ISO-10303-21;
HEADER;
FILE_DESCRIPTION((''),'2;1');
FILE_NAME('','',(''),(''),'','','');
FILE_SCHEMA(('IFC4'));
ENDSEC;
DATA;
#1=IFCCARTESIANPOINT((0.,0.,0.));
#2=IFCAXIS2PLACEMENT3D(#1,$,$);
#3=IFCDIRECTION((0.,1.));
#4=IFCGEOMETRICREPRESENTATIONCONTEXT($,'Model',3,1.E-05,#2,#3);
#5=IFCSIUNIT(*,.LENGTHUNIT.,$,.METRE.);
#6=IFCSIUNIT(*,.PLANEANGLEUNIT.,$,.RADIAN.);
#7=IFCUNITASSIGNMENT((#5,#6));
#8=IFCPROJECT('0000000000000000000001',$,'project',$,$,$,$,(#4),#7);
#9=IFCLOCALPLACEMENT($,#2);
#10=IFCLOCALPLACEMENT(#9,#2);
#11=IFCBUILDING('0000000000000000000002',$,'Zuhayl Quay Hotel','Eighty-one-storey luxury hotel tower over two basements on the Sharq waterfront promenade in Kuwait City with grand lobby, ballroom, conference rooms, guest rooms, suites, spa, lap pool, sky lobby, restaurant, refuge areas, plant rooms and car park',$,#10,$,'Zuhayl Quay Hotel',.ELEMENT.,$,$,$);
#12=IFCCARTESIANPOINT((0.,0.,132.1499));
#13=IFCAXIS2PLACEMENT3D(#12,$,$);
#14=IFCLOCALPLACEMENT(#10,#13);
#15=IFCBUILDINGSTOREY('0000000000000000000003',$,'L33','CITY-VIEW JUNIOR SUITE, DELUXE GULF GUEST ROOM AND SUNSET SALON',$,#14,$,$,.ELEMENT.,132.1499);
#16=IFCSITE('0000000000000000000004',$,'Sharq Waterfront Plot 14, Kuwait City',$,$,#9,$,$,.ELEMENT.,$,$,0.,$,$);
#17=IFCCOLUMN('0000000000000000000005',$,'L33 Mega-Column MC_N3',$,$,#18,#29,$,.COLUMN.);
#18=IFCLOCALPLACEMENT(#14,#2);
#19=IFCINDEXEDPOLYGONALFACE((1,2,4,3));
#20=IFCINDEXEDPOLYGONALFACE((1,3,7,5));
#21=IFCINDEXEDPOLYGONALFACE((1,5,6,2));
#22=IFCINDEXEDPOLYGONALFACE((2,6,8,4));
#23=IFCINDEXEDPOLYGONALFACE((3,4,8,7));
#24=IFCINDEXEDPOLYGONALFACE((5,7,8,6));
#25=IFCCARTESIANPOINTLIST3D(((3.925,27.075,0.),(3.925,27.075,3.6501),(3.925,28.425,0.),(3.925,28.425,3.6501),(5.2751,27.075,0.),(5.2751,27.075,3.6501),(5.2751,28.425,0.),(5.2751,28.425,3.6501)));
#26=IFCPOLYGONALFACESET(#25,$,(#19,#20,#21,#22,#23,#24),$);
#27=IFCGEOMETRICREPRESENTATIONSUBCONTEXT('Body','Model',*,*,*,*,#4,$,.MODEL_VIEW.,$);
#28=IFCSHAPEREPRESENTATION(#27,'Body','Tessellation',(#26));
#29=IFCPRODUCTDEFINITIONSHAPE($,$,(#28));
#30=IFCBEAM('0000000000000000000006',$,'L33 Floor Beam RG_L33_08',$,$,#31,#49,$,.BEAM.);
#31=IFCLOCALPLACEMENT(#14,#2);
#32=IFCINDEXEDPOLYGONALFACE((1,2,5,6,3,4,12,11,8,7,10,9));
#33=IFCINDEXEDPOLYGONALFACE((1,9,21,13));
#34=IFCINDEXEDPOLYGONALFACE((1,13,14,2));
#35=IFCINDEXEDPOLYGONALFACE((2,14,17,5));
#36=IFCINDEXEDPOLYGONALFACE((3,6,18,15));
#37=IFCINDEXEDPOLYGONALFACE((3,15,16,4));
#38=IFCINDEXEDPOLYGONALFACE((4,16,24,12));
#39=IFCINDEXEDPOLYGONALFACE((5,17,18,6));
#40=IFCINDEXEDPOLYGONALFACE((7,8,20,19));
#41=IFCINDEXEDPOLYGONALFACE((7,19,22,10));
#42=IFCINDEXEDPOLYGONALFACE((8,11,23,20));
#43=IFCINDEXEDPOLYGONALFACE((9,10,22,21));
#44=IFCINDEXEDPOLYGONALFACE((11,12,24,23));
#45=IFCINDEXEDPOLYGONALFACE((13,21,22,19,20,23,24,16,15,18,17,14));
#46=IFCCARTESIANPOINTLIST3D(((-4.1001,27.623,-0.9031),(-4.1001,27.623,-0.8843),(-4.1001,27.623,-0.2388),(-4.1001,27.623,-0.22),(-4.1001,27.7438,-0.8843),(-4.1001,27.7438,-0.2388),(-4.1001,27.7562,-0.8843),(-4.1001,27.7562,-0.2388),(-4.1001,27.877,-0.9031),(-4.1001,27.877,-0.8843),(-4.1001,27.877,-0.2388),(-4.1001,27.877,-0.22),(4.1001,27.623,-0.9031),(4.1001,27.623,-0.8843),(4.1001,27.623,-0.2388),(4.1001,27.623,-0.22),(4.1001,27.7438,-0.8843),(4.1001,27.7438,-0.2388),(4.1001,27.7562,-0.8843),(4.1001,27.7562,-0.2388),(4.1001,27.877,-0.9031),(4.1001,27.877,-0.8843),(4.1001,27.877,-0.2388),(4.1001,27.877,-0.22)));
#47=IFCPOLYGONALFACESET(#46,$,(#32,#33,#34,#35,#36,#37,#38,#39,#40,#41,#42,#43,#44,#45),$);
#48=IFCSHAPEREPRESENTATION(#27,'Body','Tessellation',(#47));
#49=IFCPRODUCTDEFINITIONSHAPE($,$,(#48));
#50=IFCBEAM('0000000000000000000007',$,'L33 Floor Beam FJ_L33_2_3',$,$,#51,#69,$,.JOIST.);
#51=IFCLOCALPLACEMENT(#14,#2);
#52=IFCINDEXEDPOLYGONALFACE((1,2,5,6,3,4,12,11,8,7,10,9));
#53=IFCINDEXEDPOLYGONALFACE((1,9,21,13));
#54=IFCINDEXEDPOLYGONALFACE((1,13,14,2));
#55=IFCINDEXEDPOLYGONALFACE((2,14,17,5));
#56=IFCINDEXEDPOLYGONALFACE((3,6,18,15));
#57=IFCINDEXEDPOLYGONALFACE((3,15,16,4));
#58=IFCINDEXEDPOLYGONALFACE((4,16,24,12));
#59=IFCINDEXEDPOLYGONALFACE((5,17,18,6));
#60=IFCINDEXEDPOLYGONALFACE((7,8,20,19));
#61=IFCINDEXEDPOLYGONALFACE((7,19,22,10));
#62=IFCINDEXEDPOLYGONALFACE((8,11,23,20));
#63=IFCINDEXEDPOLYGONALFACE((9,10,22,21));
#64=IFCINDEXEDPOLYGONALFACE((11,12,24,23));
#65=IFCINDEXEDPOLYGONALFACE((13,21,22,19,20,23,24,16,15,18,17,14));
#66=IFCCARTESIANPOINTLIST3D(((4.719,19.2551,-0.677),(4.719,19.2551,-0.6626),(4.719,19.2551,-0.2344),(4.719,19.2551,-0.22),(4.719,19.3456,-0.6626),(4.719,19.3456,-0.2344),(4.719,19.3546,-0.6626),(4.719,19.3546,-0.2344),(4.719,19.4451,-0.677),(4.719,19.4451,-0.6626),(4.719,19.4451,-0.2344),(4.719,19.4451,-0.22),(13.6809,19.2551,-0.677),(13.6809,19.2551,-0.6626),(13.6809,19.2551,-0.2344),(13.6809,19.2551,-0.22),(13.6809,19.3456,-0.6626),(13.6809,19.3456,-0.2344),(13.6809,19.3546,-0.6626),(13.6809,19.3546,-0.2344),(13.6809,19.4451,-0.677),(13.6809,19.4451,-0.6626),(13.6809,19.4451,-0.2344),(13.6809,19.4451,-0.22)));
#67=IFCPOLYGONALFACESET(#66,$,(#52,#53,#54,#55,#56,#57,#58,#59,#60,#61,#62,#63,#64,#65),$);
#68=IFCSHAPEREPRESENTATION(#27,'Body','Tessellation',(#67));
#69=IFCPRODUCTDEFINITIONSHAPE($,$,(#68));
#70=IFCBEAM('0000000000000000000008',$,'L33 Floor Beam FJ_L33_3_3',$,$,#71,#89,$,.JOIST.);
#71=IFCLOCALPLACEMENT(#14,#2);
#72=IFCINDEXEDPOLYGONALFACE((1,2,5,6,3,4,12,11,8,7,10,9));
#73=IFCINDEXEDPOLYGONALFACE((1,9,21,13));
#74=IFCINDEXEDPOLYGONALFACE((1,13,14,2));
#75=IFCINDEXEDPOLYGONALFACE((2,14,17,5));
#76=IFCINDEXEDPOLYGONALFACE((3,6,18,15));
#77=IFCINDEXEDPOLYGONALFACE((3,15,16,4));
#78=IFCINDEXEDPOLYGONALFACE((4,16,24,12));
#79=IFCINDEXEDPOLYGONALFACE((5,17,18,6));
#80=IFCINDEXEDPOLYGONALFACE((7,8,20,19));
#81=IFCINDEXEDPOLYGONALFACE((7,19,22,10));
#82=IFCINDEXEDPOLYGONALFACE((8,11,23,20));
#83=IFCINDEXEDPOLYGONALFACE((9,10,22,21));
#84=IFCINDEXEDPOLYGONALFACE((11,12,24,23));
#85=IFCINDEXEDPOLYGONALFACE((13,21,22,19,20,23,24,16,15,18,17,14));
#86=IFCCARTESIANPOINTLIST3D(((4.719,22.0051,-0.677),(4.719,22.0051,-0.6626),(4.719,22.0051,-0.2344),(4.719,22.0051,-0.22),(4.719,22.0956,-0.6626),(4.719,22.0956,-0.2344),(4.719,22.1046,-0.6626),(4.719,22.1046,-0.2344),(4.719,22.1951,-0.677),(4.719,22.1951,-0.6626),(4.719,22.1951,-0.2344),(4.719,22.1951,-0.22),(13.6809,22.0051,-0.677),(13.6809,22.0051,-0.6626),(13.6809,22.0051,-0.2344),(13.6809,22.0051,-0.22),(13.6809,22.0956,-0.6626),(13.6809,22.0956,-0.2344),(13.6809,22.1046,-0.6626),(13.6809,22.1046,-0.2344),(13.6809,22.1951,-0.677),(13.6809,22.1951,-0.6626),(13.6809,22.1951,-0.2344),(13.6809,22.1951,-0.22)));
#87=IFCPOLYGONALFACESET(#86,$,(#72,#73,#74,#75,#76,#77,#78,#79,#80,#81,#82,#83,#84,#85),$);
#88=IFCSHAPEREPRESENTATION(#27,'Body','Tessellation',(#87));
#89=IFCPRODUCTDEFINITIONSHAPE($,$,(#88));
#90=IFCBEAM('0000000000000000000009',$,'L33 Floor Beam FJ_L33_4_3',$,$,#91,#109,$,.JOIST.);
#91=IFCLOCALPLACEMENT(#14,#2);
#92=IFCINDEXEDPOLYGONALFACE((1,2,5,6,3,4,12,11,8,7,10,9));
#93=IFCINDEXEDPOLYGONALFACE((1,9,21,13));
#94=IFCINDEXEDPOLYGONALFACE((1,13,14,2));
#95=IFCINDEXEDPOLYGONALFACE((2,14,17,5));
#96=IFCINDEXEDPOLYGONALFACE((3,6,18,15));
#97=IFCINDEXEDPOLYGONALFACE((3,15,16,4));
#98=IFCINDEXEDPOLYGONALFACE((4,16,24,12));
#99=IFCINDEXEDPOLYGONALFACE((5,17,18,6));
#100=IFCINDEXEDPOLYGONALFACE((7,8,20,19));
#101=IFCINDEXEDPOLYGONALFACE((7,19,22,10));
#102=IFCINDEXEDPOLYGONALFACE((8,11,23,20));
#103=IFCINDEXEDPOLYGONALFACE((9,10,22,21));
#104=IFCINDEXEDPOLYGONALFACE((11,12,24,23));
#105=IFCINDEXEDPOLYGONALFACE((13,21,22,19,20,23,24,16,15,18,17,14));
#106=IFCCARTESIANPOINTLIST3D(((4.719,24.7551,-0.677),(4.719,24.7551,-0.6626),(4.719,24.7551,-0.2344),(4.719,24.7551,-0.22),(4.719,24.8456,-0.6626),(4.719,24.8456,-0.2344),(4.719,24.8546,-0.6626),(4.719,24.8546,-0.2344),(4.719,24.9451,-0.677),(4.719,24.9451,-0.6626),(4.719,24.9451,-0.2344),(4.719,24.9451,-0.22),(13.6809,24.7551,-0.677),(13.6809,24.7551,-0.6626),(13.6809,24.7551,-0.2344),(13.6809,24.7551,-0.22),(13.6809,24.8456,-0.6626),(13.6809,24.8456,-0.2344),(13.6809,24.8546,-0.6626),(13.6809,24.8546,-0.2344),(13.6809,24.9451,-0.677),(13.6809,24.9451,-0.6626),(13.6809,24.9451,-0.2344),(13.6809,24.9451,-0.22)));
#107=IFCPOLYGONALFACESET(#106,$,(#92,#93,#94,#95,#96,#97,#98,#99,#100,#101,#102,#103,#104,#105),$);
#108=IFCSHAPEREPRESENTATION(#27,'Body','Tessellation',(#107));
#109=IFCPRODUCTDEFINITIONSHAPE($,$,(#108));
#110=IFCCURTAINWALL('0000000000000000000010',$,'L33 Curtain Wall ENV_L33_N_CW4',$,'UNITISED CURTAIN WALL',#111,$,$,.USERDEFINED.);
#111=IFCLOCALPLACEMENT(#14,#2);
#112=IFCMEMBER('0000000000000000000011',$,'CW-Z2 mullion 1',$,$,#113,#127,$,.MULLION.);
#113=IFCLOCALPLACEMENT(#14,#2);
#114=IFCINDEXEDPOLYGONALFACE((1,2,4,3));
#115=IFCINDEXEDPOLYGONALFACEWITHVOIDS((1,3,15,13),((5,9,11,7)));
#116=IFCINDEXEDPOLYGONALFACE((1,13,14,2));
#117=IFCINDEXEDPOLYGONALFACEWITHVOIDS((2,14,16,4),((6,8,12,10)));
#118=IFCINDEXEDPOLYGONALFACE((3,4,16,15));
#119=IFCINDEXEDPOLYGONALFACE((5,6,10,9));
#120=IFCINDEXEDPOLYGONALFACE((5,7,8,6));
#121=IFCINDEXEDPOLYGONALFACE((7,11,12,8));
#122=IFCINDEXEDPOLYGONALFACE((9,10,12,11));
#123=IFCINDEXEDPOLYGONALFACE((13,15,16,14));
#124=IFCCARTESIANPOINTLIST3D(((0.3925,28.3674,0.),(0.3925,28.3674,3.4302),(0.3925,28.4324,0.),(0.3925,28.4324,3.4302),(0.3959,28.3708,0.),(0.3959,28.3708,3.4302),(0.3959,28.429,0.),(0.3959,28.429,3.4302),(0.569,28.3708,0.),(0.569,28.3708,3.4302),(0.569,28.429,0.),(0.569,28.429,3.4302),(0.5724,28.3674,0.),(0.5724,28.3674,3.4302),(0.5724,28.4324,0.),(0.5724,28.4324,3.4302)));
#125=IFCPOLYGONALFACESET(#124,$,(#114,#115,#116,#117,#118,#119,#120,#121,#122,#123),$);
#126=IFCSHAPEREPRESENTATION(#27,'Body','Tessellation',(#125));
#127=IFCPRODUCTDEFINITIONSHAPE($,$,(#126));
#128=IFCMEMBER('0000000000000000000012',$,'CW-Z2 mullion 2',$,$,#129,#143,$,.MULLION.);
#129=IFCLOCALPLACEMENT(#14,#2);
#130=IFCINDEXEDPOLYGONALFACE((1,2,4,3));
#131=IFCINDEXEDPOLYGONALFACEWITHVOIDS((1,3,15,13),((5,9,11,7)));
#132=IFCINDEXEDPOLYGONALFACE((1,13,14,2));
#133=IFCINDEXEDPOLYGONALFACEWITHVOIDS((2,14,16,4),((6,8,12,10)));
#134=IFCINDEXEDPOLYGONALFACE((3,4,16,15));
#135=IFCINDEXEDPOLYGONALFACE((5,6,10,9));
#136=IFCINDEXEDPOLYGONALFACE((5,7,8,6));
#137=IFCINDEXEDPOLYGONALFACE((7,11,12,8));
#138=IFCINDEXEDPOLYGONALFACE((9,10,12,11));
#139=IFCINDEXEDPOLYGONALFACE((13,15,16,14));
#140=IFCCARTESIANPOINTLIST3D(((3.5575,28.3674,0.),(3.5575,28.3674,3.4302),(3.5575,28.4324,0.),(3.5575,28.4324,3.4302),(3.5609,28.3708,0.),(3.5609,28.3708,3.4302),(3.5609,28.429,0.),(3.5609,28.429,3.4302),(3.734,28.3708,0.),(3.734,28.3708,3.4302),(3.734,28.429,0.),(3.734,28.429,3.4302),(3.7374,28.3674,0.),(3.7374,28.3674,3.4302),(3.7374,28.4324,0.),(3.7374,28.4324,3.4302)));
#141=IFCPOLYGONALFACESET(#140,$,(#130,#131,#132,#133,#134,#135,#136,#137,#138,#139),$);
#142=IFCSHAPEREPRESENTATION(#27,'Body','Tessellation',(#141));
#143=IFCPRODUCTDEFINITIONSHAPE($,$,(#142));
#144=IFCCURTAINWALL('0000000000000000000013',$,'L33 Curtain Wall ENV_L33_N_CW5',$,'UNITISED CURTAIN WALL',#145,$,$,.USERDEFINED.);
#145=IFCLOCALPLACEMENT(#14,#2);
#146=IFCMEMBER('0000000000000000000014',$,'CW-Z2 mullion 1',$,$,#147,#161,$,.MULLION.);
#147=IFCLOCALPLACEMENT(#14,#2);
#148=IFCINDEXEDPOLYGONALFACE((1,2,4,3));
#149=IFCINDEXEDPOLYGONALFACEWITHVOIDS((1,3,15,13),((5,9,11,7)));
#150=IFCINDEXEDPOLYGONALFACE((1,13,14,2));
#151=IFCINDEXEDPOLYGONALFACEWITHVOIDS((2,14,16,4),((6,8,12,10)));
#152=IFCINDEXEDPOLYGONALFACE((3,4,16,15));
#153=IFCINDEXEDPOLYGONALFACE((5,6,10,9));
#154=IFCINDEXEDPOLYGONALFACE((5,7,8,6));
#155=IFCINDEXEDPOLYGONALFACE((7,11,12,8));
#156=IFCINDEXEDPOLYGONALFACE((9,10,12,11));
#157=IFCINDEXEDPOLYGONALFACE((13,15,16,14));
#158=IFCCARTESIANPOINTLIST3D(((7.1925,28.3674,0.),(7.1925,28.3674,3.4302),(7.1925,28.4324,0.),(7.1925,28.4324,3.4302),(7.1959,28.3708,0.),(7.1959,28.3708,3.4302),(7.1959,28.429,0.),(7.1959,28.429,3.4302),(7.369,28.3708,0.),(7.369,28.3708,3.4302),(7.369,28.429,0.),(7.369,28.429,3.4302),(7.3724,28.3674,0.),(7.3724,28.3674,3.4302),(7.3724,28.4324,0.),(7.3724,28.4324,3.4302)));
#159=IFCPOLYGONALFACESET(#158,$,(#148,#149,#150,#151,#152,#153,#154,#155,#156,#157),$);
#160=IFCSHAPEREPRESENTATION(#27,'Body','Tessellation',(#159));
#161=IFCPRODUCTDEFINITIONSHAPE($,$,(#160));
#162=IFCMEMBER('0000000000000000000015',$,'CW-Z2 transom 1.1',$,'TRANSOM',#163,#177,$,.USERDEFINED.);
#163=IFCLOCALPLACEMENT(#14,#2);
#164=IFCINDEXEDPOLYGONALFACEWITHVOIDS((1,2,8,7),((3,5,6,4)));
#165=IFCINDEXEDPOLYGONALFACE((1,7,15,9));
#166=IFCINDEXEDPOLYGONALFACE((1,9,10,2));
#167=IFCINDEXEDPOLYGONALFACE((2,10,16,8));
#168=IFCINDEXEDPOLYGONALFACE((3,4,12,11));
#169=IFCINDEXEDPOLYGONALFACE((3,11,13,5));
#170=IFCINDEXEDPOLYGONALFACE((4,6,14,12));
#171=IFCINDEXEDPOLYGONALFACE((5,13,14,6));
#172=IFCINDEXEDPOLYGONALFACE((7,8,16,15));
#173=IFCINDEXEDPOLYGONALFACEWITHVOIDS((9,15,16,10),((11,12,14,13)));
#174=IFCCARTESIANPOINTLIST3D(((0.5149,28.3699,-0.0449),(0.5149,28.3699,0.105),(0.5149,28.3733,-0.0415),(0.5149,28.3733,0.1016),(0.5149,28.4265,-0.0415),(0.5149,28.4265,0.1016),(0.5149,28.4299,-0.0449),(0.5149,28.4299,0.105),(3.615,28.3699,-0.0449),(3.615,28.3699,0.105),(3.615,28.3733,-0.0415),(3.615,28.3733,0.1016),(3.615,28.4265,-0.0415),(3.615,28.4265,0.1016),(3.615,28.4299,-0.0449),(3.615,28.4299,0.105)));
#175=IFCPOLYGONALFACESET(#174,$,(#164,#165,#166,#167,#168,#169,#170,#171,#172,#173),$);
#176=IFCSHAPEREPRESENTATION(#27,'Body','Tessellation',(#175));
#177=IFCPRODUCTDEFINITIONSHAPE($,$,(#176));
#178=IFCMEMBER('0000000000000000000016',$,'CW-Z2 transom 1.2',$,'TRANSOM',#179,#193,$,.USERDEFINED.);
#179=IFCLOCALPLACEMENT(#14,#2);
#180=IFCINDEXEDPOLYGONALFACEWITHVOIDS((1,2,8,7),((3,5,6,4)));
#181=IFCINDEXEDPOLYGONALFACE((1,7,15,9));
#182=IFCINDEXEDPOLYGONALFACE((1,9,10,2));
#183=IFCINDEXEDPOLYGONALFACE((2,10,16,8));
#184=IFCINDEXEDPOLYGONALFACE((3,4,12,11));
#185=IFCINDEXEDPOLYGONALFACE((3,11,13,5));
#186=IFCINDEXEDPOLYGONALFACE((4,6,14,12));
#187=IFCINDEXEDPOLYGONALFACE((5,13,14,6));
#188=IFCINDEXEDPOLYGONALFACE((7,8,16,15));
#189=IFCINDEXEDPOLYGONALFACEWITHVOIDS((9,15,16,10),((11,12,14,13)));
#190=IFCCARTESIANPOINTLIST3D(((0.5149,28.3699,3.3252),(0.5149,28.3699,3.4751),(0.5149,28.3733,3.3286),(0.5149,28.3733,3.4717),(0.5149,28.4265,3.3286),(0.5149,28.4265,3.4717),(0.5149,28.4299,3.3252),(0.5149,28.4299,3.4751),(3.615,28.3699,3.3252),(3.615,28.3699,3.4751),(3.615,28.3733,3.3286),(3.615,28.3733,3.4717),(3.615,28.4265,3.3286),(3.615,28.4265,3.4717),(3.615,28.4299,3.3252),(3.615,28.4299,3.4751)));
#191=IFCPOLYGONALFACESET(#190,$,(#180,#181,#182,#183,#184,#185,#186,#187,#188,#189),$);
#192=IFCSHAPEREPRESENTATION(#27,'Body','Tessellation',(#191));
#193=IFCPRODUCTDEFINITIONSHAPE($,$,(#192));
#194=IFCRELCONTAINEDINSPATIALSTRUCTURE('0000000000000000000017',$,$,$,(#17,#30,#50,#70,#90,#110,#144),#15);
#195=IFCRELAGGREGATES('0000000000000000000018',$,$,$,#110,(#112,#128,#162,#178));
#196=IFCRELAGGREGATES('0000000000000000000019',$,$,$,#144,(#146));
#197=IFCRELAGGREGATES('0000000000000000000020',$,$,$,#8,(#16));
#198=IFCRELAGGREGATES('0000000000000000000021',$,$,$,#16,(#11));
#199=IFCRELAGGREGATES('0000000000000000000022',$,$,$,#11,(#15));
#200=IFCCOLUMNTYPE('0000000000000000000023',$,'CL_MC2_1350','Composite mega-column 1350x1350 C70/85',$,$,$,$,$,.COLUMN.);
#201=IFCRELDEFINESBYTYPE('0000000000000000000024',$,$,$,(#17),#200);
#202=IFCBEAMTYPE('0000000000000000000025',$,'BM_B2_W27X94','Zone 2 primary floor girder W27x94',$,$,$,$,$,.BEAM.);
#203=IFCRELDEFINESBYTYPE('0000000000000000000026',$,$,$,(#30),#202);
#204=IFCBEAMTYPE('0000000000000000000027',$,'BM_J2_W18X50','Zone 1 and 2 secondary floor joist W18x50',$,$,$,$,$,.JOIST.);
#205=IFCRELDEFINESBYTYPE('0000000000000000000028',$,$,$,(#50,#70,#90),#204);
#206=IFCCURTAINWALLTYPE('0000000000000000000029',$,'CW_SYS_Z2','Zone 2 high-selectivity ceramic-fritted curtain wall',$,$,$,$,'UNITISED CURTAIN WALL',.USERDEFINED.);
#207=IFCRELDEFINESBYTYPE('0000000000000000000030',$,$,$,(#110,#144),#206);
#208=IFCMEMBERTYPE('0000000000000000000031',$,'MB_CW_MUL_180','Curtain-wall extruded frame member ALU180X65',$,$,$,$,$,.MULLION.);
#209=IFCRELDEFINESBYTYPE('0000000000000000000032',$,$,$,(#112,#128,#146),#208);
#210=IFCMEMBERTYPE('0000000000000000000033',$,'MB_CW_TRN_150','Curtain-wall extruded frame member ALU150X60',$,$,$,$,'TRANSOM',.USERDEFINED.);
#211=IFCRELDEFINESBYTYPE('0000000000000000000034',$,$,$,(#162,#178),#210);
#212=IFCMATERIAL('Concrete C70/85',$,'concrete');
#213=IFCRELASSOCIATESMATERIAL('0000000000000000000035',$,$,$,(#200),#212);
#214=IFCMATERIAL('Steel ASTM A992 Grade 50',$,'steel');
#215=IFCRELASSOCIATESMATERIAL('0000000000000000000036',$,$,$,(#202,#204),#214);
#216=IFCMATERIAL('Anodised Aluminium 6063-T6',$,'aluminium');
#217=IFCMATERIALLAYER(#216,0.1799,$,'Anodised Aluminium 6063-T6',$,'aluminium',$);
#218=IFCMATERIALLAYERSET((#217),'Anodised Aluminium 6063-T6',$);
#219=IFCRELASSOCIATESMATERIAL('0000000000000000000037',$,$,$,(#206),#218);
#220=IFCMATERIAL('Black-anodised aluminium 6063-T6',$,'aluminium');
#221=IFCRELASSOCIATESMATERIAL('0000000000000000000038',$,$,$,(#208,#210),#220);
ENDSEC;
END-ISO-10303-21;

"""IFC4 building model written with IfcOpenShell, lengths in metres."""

from ifc_helpers import new_model, si_unit, direction, frame, origin, origin_2d, place, context, subcontext, project, spatial, rectangle, hollow_rectangle, i_section, extrude, material, layer, layer_set, material_profile, profile_set, type_object, element, aggregate, save


model = new_model("IFC4")

# Units and contexts
model_context = context("Model", 3, precision=1e-05, world=origin(), true_north=direction((0.0, 1.0)))
body_context = subcontext(model_context, "Body", "Model", "MODEL_VIEW")
ifc_project = project(units=[si_unit("LENGTHUNIT", "METRE"), si_unit("PLANEANGLEUNIT", "RADIAN")], contexts=[model_context])

# Site, building, storey
site_placement = place(None, origin())
site = spatial("IfcSite", under=ifc_project, at=site_placement, Name="Sharq Waterfront Plot 14, Kuwait City", CompositionType="ELEMENT", RefElevation=0.0)
building_placement = place(site_placement, origin())
building = spatial("IfcBuilding", under=site, at=building_placement, Name="Zuhayl Quay Hotel", Description="Eighty-one-storey luxury hotel tower over two basements on the Sharq waterfront promenade in Kuwait City with grand lobby, ballroom, conference rooms, guest rooms, suites, spa, lap pool, sky lobby, restaurant, refuge areas, plant rooms and car park", LongName="Zuhayl Quay Hotel", CompositionType="ELEMENT")
storey_placement = place(building_placement, frame((0.0, 0.0, 132.1499)))
storey = spatial("IfcBuildingStorey", under=building, at=storey_placement, Name="L33", Description="CITY-VIEW JUNIOR SUITE, DELUXE GULF GUEST ROOM AND SUNSET SALON", CompositionType="ELEMENT", Elevation=132.1499)

# Column
ifc_material_1 = material(Name="Concrete C70/85", Category="concrete")
ifc_material_profile_1 = material_profile(ifc_material_1, rectangle(XDim=1.3501, YDim=1.3501, at=origin_2d()), Name="RC1350X1350")
ifc_profile_set_1 = profile_set([ifc_material_profile_1], Name="Concrete C70/85")
column_type = type_object("IfcColumnType", Name="CL_MC2_1350", Description="Composite mega-column 1350x1350 C70/85", PredefinedType="COLUMN", material=ifc_profile_set_1)
column_placement = place(storey_placement, frame((4.6001, 27.75, 0.0), z_axis=(0.0, 0.0, 1.0), x_axis=(1.0, 0.0, 0.0)))
element("IfcColumn", 1, at=column_placement, inside=storey, type_object=column_type, Name="L33 Mega-Column MC_N3", PredefinedType="COLUMN", context=body_context, shape_type="SweptSolid", body=[
    extrude(rectangle(XDim=1.3501, YDim=1.3501, at=origin_2d()), origin(), (0.0, 0.0, 1.0), 3.6501),
])

# Beams
ifc_material_2 = material(Name="Steel ASTM A992 Grade 50", Category="steel")
ifc_material_profile_2 = material_profile(ifc_material_2, i_section(OverallWidth=0.2539, OverallDepth=0.6831, WebThickness=0.0125, FlangeThickness=0.0188, at=origin_2d()), Name="W27X94")
ifc_profile_set_2 = profile_set([ifc_material_profile_2], Name="Steel ASTM A992 Grade 50")
beam_type_1 = type_object("IfcBeamType", Name="BM_B2_W27X94", Description="Zone 2 primary floor girder W27x94", PredefinedType="BEAM", material=ifc_profile_set_2)
beam_placement = place(storey_placement, frame((4.1001, 27.75, -0.5615), z_axis=(-1.0, 0.0, 0.0), x_axis=(0.0, -1.0, 0.0)))
element("IfcBeam", 2, at=beam_placement, inside=storey, type_object=beam_type_1, Name="L33 Floor Beam RG_L33_08", PredefinedType="BEAM", context=body_context, shape_type="SweptSolid", body=[
    extrude(i_section(OverallWidth=0.2539, OverallDepth=0.6831, WebThickness=0.0125, FlangeThickness=0.0188, at=origin_2d()), origin(), (0.0, 0.0, 1.0), 8.2002),
])
ifc_material_profile_3 = material_profile(ifc_material_2, i_section(OverallWidth=0.1899, OverallDepth=0.457, WebThickness=0.009, FlangeThickness=0.0144, at=origin_2d()), Name="W18X50")
ifc_profile_set_3 = profile_set([ifc_material_profile_3], Name="Steel ASTM A992 Grade 50")
beam_type_2 = type_object("IfcBeamType", Name="BM_J2_W18X50", Description="Zone 1 and 2 secondary floor joist W18x50", PredefinedType="JOIST", material=ifc_profile_set_3)
for number, where, z_axis, x_axis, name in (
    (3, (4.719, 19.3501, -0.4485), (1.0, 0.0, 0.0), (0.0, 1.0, 0.0), "L33 Floor Beam FJ_L33_2_3"),
    (4, (4.719, 22.1001, -0.4485), (1.0, 0.0, 0.0), (0.0, 1.0, 0.0), "L33 Floor Beam FJ_L33_3_3"),
    (5, (4.719, 24.8501, -0.4485), (1.0, 0.0, 0.0), (0.0, 1.0, 0.0), "L33 Floor Beam FJ_L33_4_3"),
):
    element("IfcBeam", number, at=place(storey_placement, frame(where, z_axis=z_axis, x_axis=x_axis)), inside=storey, type_object=beam_type_2, Name=name, PredefinedType="JOIST", context=body_context, shape_type="SweptSolid", body=[
        extrude(i_section(OverallWidth=0.1899, OverallDepth=0.457, WebThickness=0.009, FlangeThickness=0.0144, at=origin_2d()), origin(), (0.0, 0.0, 1.0), 8.9619),
    ])

# Curtain wall, members
ifc_material_3 = material(Name="Anodised Aluminium 6063-T6", Category="aluminium")
ifc_layer_1 = layer(ifc_material_3, 0.1799, Name="Anodised Aluminium 6063-T6", Category="aluminium")
ifc_layer_set_1 = layer_set([ifc_layer_1], Name="Anodised Aluminium 6063-T6")
curtain_wall_type = type_object("IfcCurtainWallType", Name="CW_SYS_Z2", Description="Zone 2 high-selectivity ceramic-fritted curtain wall", ElementType="UNITISED CURTAIN WALL", PredefinedType="USERDEFINED", material=ifc_layer_set_1)
curtain_wall_1_placement = place(storey_placement, origin())
curtain_wall_1 = element("IfcCurtainWall", 6, at=curtain_wall_1_placement, inside=storey, type_object=curtain_wall_type, Name="L33 Curtain Wall ENV_L33_N_CW4", ObjectType="UNITISED CURTAIN WALL", PredefinedType="USERDEFINED")
ifc_material_4 = material(Name="Black-anodised aluminium 6063-T6", Category="aluminium")
ifc_material_profile_4 = material_profile(ifc_material_4, hollow_rectangle(XDim=0.0649, YDim=0.1799, WallThickness=0.0034, at=origin_2d()), Name="ALU180X65")
ifc_profile_set_4 = profile_set([ifc_material_profile_4], Name="Black-anodised aluminium 6063-T6")
member_type_1 = type_object("IfcMemberType", Name="MB_CW_MUL_180", Description="Curtain-wall extruded frame member ALU180X65", PredefinedType="MULLION", material=ifc_profile_set_4)
member_1_placement = place(storey_placement, frame((0.4824, 28.3999, 0.0), z_axis=(0.0, 0.0, 1.0), x_axis=(0.0, 1.0, 0.0)))
member_1 = element("IfcMember", 7, at=member_1_placement, type_object=member_type_1, Name="CW-Z2 mullion 1", PredefinedType="MULLION", context=body_context, shape_type="SweptSolid", body=[
    extrude(hollow_rectangle(XDim=0.0649, YDim=0.1799, WallThickness=0.0034, at=origin_2d()), origin(), (0.0, 0.0, 1.0), 3.4302),
])
member_2_placement = place(storey_placement, frame((3.6475, 28.3999, 0.0), z_axis=(0.0, 0.0, 1.0), x_axis=(0.0, 1.0, 0.0)))
member_2 = element("IfcMember", 8, at=member_2_placement, type_object=member_type_1, Name="CW-Z2 mullion 2", PredefinedType="MULLION", context=body_context, shape_type="SweptSolid", body=[
    extrude(hollow_rectangle(XDim=0.0649, YDim=0.1799, WallThickness=0.0034, at=origin_2d()), origin(), (0.0, 0.0, 1.0), 3.4302),
])

# Curtain wall, member
curtain_wall_2_placement = place(storey_placement, origin())
curtain_wall_2 = element("IfcCurtainWall", 9, at=curtain_wall_2_placement, inside=storey, type_object=curtain_wall_type, Name="L33 Curtain Wall ENV_L33_N_CW5", ObjectType="UNITISED CURTAIN WALL", PredefinedType="USERDEFINED")
member_3_placement = place(storey_placement, frame((7.2825, 28.3999, 0.0), z_axis=(0.0, 0.0, 1.0), x_axis=(0.0, 1.0, 0.0)))
member_3 = element("IfcMember", 10, at=member_3_placement, type_object=member_type_1, Name="CW-Z2 mullion 1", PredefinedType="MULLION", context=body_context, shape_type="SweptSolid", body=[
    extrude(hollow_rectangle(XDim=0.0649, YDim=0.1799, WallThickness=0.0034, at=origin_2d()), origin(), (0.0, 0.0, 1.0), 3.4302),
])

# Members
ifc_material_profile_5 = material_profile(ifc_material_4, hollow_rectangle(XDim=0.0601, YDim=0.1499, WallThickness=0.0034, at=origin_2d()), Name="ALU150X60")
ifc_profile_set_5 = profile_set([ifc_material_profile_5], Name="Black-anodised aluminium 6063-T6")
member_type_2 = type_object("IfcMemberType", Name="MB_CW_TRN_150", Description="Curtain-wall extruded frame member ALU150X60", ElementType="TRANSOM", PredefinedType="USERDEFINED", material=ifc_profile_set_5)
member_4_placement = place(storey_placement, frame((0.5149, 28.3999, 0.03), z_axis=(1.0, 0.0, 0.0), x_axis=(0.0, 1.0, 0.0)))
member_4 = element("IfcMember", 11, at=member_4_placement, type_object=member_type_2, Name="CW-Z2 transom 1.1", ObjectType="TRANSOM", PredefinedType="USERDEFINED", context=body_context, shape_type="SweptSolid", body=[
    extrude(hollow_rectangle(XDim=0.0601, YDim=0.1499, WallThickness=0.0034, at=origin_2d()), origin(), (0.0, 0.0, 1.0), 3.1001),
])
member_5_placement = place(storey_placement, frame((0.5149, 28.3999, 3.4001), z_axis=(1.0, 0.0, 0.0), x_axis=(0.0, 1.0, 0.0)))
member_5 = element("IfcMember", 12, at=member_5_placement, type_object=member_type_2, Name="CW-Z2 transom 1.2", ObjectType="TRANSOM", PredefinedType="USERDEFINED", context=body_context, shape_type="SweptSolid", body=[
    extrude(hollow_rectangle(XDim=0.0601, YDim=0.1499, WallThickness=0.0034, at=origin_2d()), origin(), (0.0, 0.0, 1.0), 3.1001),
])

aggregate(curtain_wall_1, [member_1, member_2, member_4, member_5])
aggregate(curtain_wall_2, [member_3])

save(model, "model.ifc")
